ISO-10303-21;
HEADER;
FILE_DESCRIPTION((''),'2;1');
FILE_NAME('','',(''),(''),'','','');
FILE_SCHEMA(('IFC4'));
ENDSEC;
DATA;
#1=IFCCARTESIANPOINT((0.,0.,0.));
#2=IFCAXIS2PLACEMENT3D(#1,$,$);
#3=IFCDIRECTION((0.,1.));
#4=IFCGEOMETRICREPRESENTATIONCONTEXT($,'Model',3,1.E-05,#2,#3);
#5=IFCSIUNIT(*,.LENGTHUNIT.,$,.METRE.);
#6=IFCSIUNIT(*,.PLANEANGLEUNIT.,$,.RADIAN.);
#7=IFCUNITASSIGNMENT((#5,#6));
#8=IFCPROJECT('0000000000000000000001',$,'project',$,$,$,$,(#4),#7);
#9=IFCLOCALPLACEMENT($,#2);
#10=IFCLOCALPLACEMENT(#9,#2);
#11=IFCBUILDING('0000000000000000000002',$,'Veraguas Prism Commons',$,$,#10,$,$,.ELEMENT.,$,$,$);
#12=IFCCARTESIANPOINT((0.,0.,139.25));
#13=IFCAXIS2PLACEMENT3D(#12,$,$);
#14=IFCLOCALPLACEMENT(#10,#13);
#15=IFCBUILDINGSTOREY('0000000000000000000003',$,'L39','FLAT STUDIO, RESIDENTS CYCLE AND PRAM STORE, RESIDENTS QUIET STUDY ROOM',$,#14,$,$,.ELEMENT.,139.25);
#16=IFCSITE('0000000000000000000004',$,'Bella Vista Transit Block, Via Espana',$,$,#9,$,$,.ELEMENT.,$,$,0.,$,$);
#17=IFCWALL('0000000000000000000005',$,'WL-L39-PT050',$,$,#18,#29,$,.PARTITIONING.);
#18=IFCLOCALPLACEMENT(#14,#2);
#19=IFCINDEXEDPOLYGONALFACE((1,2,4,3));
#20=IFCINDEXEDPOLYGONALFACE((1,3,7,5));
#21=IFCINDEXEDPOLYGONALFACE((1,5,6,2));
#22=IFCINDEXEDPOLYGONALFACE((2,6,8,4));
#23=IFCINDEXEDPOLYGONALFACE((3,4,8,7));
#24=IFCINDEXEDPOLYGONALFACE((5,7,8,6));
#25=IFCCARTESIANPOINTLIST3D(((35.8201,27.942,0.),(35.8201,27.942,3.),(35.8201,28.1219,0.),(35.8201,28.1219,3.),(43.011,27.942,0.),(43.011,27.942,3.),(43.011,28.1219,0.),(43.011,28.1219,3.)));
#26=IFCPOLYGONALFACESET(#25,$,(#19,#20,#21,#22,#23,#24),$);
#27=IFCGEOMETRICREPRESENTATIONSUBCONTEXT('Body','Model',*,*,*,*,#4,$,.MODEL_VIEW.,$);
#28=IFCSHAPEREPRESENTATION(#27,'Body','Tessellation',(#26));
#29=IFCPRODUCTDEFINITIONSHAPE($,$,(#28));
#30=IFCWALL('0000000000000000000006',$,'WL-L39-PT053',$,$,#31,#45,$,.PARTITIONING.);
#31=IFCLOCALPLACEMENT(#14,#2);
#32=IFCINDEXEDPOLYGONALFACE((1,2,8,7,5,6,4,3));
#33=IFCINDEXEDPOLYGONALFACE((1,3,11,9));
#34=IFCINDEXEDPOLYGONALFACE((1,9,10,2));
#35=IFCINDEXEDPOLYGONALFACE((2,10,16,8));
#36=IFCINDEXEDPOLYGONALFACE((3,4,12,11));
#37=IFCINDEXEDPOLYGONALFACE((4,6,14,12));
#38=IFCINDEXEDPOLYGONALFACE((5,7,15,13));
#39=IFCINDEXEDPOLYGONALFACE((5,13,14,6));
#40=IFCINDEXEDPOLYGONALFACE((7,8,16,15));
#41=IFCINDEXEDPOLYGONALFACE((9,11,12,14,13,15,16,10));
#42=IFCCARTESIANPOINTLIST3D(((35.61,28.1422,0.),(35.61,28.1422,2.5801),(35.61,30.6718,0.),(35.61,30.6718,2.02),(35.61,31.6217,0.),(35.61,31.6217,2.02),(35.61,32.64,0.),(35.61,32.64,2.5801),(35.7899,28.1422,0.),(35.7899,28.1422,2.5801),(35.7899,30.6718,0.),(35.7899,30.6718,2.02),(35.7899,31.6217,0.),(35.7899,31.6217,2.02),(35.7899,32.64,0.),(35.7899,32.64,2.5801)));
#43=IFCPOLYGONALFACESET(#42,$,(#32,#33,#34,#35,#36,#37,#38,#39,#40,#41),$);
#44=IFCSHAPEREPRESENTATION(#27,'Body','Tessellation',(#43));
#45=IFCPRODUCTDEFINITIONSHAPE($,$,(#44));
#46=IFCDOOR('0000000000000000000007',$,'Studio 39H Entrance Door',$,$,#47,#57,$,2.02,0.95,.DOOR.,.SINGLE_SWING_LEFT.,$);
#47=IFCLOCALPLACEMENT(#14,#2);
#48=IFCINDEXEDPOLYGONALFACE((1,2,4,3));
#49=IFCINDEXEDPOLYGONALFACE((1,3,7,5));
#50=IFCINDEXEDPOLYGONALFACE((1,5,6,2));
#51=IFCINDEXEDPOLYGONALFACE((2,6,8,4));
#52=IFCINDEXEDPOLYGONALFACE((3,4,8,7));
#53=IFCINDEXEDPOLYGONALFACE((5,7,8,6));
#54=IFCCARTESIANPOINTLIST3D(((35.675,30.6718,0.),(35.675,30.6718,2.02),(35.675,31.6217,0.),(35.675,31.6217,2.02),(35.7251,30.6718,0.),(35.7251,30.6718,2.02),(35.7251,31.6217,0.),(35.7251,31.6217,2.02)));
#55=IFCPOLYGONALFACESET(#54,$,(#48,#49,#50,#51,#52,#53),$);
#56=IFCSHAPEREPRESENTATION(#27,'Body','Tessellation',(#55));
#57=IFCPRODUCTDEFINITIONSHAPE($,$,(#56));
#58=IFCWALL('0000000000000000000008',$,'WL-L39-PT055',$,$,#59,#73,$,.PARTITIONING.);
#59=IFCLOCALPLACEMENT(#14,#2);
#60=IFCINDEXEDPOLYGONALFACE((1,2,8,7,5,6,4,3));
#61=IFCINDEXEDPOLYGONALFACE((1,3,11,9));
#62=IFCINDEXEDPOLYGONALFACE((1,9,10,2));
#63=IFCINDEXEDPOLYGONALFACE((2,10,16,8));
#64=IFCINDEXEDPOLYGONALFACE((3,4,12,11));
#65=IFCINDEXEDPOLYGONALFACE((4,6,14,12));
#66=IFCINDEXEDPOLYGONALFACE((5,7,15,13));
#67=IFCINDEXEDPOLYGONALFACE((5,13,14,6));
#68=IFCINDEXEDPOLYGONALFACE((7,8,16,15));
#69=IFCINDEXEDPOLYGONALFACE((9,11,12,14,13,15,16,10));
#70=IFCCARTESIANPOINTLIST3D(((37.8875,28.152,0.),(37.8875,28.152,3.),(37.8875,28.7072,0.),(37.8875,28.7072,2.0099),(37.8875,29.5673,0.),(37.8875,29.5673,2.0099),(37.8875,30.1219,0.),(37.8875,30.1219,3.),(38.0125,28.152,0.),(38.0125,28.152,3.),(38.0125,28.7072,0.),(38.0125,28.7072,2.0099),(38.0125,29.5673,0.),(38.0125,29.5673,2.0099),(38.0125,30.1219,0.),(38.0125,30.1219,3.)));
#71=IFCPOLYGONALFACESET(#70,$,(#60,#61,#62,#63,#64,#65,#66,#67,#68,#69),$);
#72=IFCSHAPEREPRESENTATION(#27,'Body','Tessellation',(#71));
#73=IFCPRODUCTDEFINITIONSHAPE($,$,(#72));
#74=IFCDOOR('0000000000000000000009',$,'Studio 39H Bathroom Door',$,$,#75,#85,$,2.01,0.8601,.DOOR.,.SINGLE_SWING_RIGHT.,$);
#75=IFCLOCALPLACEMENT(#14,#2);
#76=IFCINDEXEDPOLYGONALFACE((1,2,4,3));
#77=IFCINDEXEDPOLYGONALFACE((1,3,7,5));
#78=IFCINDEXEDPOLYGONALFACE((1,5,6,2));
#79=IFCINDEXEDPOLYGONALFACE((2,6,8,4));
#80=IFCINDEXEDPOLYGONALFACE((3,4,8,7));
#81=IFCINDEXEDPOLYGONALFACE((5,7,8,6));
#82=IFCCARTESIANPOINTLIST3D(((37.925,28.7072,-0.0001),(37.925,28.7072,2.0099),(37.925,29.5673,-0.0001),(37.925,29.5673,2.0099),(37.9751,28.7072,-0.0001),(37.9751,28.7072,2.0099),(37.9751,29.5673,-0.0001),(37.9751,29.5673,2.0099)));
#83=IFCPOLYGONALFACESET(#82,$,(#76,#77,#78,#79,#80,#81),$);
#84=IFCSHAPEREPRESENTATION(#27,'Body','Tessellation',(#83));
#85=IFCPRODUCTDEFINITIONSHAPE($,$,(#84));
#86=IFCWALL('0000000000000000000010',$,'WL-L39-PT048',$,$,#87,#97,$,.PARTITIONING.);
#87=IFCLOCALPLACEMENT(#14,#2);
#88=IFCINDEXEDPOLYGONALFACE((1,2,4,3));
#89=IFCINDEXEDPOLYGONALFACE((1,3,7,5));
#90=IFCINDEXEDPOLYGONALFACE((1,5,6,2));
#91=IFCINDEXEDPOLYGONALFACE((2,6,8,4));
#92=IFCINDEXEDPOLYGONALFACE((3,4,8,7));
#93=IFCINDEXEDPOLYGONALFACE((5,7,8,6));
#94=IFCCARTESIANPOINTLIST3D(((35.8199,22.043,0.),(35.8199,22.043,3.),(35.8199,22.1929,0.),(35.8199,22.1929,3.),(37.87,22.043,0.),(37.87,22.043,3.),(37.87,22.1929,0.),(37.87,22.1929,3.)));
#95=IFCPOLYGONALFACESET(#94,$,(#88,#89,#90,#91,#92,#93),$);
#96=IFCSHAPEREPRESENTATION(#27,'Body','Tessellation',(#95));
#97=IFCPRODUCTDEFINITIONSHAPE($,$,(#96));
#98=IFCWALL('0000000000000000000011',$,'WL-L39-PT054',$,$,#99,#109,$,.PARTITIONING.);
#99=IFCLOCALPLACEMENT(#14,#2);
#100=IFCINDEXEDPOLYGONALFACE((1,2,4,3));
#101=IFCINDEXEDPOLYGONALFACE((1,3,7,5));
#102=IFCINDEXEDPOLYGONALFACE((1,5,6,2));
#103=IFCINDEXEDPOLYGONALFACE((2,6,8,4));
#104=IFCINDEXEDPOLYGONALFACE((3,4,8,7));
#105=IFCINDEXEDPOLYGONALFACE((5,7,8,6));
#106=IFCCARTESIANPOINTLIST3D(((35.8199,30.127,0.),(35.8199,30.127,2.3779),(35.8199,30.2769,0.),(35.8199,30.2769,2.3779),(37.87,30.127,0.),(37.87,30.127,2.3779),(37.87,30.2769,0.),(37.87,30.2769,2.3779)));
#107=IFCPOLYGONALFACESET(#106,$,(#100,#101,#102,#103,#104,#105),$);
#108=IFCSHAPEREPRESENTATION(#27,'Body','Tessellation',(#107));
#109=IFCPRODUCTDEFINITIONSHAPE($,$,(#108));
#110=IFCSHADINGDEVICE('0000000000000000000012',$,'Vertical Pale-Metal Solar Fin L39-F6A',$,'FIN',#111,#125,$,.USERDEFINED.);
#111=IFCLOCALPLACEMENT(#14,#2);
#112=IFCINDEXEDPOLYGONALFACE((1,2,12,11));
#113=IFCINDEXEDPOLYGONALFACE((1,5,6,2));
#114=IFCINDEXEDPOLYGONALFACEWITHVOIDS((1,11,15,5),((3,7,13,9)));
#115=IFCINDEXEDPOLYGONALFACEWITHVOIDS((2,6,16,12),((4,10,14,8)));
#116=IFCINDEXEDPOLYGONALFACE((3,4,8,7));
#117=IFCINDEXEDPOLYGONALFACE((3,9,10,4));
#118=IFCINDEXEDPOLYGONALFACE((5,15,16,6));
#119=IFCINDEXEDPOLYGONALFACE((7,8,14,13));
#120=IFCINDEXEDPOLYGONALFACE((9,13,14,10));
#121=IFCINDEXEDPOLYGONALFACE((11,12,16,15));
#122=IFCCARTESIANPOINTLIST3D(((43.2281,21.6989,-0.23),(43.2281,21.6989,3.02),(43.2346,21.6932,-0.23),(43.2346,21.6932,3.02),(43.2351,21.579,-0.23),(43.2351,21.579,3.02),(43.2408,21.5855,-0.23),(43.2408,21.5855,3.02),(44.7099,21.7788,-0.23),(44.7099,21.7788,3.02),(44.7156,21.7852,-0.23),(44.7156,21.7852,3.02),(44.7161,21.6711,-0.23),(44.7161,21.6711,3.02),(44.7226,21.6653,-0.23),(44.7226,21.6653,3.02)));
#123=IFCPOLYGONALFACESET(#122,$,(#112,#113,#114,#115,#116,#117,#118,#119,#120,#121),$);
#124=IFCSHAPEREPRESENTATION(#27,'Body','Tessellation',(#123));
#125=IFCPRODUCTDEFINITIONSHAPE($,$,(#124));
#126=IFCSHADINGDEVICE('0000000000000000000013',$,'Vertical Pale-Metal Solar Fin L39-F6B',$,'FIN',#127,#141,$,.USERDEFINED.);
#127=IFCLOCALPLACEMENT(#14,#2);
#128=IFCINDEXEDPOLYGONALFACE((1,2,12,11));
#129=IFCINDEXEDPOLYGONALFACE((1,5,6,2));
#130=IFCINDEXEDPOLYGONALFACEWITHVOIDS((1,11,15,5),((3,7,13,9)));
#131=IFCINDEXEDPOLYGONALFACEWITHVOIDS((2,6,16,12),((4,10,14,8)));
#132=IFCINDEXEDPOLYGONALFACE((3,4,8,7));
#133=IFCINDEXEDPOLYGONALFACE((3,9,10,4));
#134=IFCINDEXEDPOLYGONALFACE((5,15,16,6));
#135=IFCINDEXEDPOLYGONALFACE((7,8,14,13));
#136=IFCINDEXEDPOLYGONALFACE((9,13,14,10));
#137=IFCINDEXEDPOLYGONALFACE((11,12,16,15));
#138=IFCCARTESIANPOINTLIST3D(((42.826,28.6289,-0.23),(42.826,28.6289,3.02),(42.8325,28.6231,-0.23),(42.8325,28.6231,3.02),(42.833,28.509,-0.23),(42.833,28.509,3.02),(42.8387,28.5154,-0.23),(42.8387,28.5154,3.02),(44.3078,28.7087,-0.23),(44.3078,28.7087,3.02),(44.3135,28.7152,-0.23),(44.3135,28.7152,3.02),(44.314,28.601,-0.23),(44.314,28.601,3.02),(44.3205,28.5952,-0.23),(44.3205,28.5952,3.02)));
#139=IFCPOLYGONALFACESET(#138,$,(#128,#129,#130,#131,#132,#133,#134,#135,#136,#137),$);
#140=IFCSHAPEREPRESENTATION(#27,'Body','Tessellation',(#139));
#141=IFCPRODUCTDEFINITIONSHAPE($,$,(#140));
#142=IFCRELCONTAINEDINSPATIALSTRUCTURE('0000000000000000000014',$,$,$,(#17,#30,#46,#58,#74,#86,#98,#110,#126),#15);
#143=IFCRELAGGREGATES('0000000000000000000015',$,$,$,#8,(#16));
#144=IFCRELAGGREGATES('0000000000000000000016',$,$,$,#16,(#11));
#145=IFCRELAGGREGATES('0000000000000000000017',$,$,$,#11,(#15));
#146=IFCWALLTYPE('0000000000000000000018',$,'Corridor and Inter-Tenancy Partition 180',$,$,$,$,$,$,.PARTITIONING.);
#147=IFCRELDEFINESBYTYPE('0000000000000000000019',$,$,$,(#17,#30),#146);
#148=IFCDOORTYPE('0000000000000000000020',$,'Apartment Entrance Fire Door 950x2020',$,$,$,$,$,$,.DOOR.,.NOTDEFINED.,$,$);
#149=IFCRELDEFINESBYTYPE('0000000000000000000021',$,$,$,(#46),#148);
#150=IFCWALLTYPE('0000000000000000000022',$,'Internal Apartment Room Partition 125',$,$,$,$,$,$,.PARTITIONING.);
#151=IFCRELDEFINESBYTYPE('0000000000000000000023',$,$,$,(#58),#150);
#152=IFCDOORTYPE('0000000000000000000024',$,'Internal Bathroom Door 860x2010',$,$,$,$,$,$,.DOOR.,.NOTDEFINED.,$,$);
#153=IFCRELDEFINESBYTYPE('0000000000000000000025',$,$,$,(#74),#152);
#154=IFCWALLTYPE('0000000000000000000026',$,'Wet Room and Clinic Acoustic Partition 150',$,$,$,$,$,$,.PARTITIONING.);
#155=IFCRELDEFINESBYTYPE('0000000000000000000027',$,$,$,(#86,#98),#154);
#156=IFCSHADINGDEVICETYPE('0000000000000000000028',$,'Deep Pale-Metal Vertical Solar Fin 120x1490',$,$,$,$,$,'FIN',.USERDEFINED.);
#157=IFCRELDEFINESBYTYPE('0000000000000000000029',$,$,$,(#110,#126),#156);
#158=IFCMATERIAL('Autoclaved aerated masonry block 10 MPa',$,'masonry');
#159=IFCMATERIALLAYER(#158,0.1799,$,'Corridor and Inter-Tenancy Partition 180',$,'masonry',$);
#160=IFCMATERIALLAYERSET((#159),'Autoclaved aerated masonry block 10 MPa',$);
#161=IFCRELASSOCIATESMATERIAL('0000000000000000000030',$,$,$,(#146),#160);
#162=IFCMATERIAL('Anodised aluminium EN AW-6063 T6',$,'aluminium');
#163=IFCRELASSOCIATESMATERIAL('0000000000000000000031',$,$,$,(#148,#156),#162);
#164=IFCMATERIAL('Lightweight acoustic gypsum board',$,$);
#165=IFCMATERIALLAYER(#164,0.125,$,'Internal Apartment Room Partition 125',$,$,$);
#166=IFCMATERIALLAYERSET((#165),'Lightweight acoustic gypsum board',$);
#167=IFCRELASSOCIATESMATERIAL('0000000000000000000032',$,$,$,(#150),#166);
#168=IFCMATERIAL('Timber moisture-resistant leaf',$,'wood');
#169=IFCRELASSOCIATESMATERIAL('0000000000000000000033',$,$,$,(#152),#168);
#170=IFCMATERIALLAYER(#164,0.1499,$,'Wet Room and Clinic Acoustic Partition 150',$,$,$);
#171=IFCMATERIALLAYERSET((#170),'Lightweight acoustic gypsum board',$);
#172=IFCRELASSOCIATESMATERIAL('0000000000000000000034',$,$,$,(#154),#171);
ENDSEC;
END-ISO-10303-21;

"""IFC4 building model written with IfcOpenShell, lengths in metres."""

from ifc_helpers import new_model, si_unit, direction, frame, frame_2d, origin, origin_2d, place, context, subcontext, project, spatial, rectangle, hollow_rectangle, extrude, source, transform, mapped, material, layer, layer_set, material_profile, profile_set, type_object, element, fill, save


model = new_model("IFC4")

# Units and contexts
model_context = context("Model", 3, precision=1e-05, world=origin(), true_north=direction((0.0, 1.0)))
body_context = subcontext(model_context, "Body", "Model", "MODEL_VIEW")
ifc_project = project(units=[si_unit("LENGTHUNIT", "METRE"), si_unit("PLANEANGLEUNIT", "RADIAN")], contexts=[model_context])

# Site, building, storey
site_placement = place(None, origin())
site = spatial("IfcSite", under=ifc_project, at=site_placement, Name="Bella Vista Transit Block, Via Espana", CompositionType="ELEMENT", RefElevation=0.0)
building_placement = place(site_placement, origin())
building = spatial("IfcBuilding", under=site, at=building_placement, Name="Veraguas Prism Commons", CompositionType="ELEMENT")
storey_placement = place(building_placement, frame((0.0, 0.0, 139.25)))
storey = spatial("IfcBuildingStorey", under=building, at=storey_placement, Name="L39", Description="FLAT STUDIO, RESIDENTS CYCLE AND PRAM STORE, RESIDENTS QUIET STUDY ROOM", CompositionType="ELEMENT", Elevation=139.25)

# Shared definitions
ifc_material_1 = material(Name="Anodised aluminium EN AW-6063 T6", Category="aluminium")

# Wall
ifc_material_2 = material(Name="Autoclaved aerated masonry block 10 MPa", Category="masonry")
ifc_layer_1 = layer(ifc_material_2, 0.1799, Name="Corridor and Inter-Tenancy Partition 180", Category="masonry")
ifc_layer_set_1 = layer_set([ifc_layer_1], Name="Autoclaved aerated masonry block 10 MPa")
wall_type_1 = type_object("IfcWallType", Name="Corridor and Inter-Tenancy Partition 180", PredefinedType="PARTITIONING", material=ifc_layer_set_1)
wall_1_placement = place(storey_placement, frame((35.8201, 28.032, 0.0), z_axis=(0.0, 0.0, 1.0), x_axis=(1.0, 0.0, 0.0)))
element("IfcWall", 1, at=wall_1_placement, inside=storey, type_object=wall_type_1, Name="WL-L39-PT050", PredefinedType="PARTITIONING", context=body_context, shape_type="SweptSolid", body=[
    extrude(rectangle(XDim=7.1909, YDim=0.1799, at=frame_2d((3.5955, 0.0))), origin(), (0.0, 0.0, 1.0), 3.0),
])

# Walls, openings, doors
wall_2_placement = place(storey_placement, frame((35.7, 28.1421, 0.0), z_axis=(0.0, 0.0, 1.0), x_axis=(0.0, 1.0, 0.0)))
wall_2 = element("IfcWall", 2, at=wall_2_placement, inside=storey, type_object=wall_type_1, Name="WL-L39-PT053", PredefinedType="PARTITIONING", context=body_context, shape_type="SweptSolid", body=[
    extrude(rectangle(XDim=4.4978, YDim=0.1799, at=frame_2d((2.249, 0.0))), origin(), (0.0, 0.0, 1.0), 2.5801),
])
opening_1_placement = place(wall_2_placement, frame((2.5295, 0.0, 0.0)))
opening_1 = element("IfcOpeningElement", 3, at=opening_1_placement, cuts=wall_2, PredefinedType="OPENING", context=body_context, shape_type="SweptSolid", body=[
    extrude(rectangle(XDim=0.95, YDim=2.02, at=frame_2d((0.4751, 1.01))), frame((0.0, 0.0999, 0.0), z_axis=(0.0, -1.0, 0.0), x_axis=(1.0, 0.0, 0.0)), (0.0, 0.0, 1.0), 0.2),
])
door_type_1 = type_object("IfcDoorType", Name="Apartment Entrance Fire Door 950x2020", OperationType="NOTDEFINED", PredefinedType="DOOR", material=ifc_material_1)
shared_shape_1 = source(origin(), body_context, "Body", "SweptSolid", [
    extrude(rectangle(XDim=0.95, YDim=2.02, at=frame_2d((0.4751, 1.01))), frame((0.0, 0.0249, 0.0), z_axis=(0.0, -1.0, 0.0), x_axis=(1.0, 0.0, 0.0)), (0.0, 0.0, 1.0), 0.05),
])
door_1_placement = place(opening_1_placement, origin())
door_1 = element("IfcDoor", 4, at=door_1_placement, inside=storey, type_object=door_type_1, Name="Studio 39H Entrance Door", OperationType="SINGLE_SWING_LEFT", OverallHeight=2.02, OverallWidth=0.95, PredefinedType="DOOR", context=body_context, shape_type="MappedRepresentation", body=[
    mapped(shared_shape_1, transform((0.0, 0.0, 0.0), scale=1.0)),
])
fill(opening_1, door_1)
ifc_material_3 = material(Name="Lightweight acoustic gypsum board")
ifc_layer_2 = layer(ifc_material_3, 0.125, Name="Internal Apartment Room Partition 125")
ifc_layer_set_2 = layer_set([ifc_layer_2], Name="Lightweight acoustic gypsum board")
wall_type_2 = type_object("IfcWallType", Name="Internal Apartment Room Partition 125", PredefinedType="PARTITIONING", material=ifc_layer_set_2)
wall_3_placement = place(storey_placement, frame((37.95, 28.1521, 0.0), z_axis=(0.0, 0.0, 1.0), x_axis=(0.0, 1.0, 0.0)))
wall_3 = element("IfcWall", 5, at=wall_3_placement, inside=storey, type_object=wall_type_2, Name="WL-L39-PT055", PredefinedType="PARTITIONING", context=body_context, shape_type="SweptSolid", body=[
    extrude(rectangle(XDim=1.97, YDim=0.125, at=frame_2d((0.9849, 0.0))), origin(), (0.0, 0.0, 1.0), 3.0),
])
opening_2_placement = place(wall_3_placement, frame((0.5549, 0.0, 0.0)))
opening_2 = element("IfcOpeningElement", 6, at=opening_2_placement, cuts=wall_3, PredefinedType="OPENING", context=body_context, shape_type="SweptSolid", body=[
    extrude(rectangle(XDim=0.8601, YDim=2.01, at=frame_2d((0.4302, 1.0049))), frame((0.0, 0.0725, 0.0), z_axis=(0.0, -1.0, 0.0), x_axis=(1.0, 0.0, 0.0)), (0.0, 0.0, 1.0), 0.145),
])
ifc_material_4 = material(Name="Timber moisture-resistant leaf", Category="wood")
door_type_2 = type_object("IfcDoorType", Name="Internal Bathroom Door 860x2010", OperationType="NOTDEFINED", PredefinedType="DOOR", material=ifc_material_4)
shared_shape_2 = source(origin(), body_context, "Body", "SweptSolid", [
    extrude(rectangle(XDim=0.8601, YDim=2.01, at=frame_2d((0.4302, 1.0049))), frame((0.0, 0.0249, 0.0), z_axis=(0.0, -1.0, 0.0), x_axis=(1.0, 0.0, 0.0)), (0.0, 0.0, 1.0), 0.05),
])
door_2_placement = place(opening_2_placement, origin())
door_2 = element("IfcDoor", 7, at=door_2_placement, inside=storey, type_object=door_type_2, Name="Studio 39H Bathroom Door", OperationType="SINGLE_SWING_RIGHT", OverallHeight=2.01, OverallWidth=0.8601, PredefinedType="DOOR", context=body_context, shape_type="MappedRepresentation", body=[
    mapped(shared_shape_2, transform((0.0, 0.0, 0.0), scale=1.0)),
])
fill(opening_2, door_2)

# Walls
ifc_layer_3 = layer(ifc_material_3, 0.1499, Name="Wet Room and Clinic Acoustic Partition 150")
ifc_layer_set_3 = layer_set([ifc_layer_3], Name="Lightweight acoustic gypsum board")
wall_type_3 = type_object("IfcWallType", Name="Wet Room and Clinic Acoustic Partition 150", PredefinedType="PARTITIONING", material=ifc_layer_set_3)
wall_4_placement = place(storey_placement, frame((35.8201, 22.1179, 0.0), z_axis=(0.0, 0.0, 1.0), x_axis=(1.0, 0.0, 0.0)))
element("IfcWall", 8, at=wall_4_placement, inside=storey, type_object=wall_type_3, Name="WL-L39-PT048", PredefinedType="PARTITIONING", context=body_context, shape_type="SweptSolid", body=[
    extrude(rectangle(XDim=2.05, YDim=0.1499, at=frame_2d((1.0249, 0.0))), origin(), (0.0, 0.0, 1.0), 3.0),
])
wall_5_placement = place(storey_placement, frame((35.8201, 30.2019, 0.0), z_axis=(0.0, 0.0, 1.0), x_axis=(1.0, 0.0, 0.0)))
element("IfcWall", 9, at=wall_5_placement, inside=storey, type_object=wall_type_3, Name="WL-L39-PT054", PredefinedType="PARTITIONING", context=body_context, shape_type="SweptSolid", body=[
    extrude(rectangle(XDim=2.05, YDim=0.1499, at=frame_2d((1.0249, 0.0))), origin(), (0.0, 0.0, 1.0), 2.3779),
])

# Shading devices
ifc_material_profile_1 = material_profile(ifc_material_1, hollow_rectangle(XDim=0.1201, YDim=1.49, WallThickness=0.0061, at=origin_2d()), Name="FIN120X1490X6")
ifc_profile_set_1 = profile_set([ifc_material_profile_1], Name="Anodised aluminium EN AW-6063 T6")
shading_device_type = type_object("IfcShadingDeviceType", Name="Deep Pale-Metal Vertical Solar Fin 120x1490", ElementType="FIN", PredefinedType="USERDEFINED", material=ifc_profile_set_1)
for number, where, z_axis, x_axis, name in (
    (10, (43.9753, 21.6821, -0.23), (0.0, 0.0, 1.0), (-0.057911, 0.998322, 0.0), "Vertical Pale-Metal Solar Fin L39-F6A"),
    (11, (43.5732, 28.6121, -0.23), (0.0, 0.0, 1.0), (-0.057911, 0.998322, 0.0), "Vertical Pale-Metal Solar Fin L39-F6B"),
):
    element("IfcShadingDevice", number, at=place(storey_placement, frame(where, z_axis=z_axis, x_axis=x_axis)), inside=storey, type_object=shading_device_type, Name=name, ObjectType="FIN", PredefinedType="USERDEFINED", context=body_context, shape_type="SweptSolid", body=[
        extrude(hollow_rectangle(XDim=0.1201, YDim=1.49, WallThickness=0.0061, at=origin_2d()), origin(), (0.0, 0.0, 1.0), 3.25),
    ])

save(model, "model.ifc")
